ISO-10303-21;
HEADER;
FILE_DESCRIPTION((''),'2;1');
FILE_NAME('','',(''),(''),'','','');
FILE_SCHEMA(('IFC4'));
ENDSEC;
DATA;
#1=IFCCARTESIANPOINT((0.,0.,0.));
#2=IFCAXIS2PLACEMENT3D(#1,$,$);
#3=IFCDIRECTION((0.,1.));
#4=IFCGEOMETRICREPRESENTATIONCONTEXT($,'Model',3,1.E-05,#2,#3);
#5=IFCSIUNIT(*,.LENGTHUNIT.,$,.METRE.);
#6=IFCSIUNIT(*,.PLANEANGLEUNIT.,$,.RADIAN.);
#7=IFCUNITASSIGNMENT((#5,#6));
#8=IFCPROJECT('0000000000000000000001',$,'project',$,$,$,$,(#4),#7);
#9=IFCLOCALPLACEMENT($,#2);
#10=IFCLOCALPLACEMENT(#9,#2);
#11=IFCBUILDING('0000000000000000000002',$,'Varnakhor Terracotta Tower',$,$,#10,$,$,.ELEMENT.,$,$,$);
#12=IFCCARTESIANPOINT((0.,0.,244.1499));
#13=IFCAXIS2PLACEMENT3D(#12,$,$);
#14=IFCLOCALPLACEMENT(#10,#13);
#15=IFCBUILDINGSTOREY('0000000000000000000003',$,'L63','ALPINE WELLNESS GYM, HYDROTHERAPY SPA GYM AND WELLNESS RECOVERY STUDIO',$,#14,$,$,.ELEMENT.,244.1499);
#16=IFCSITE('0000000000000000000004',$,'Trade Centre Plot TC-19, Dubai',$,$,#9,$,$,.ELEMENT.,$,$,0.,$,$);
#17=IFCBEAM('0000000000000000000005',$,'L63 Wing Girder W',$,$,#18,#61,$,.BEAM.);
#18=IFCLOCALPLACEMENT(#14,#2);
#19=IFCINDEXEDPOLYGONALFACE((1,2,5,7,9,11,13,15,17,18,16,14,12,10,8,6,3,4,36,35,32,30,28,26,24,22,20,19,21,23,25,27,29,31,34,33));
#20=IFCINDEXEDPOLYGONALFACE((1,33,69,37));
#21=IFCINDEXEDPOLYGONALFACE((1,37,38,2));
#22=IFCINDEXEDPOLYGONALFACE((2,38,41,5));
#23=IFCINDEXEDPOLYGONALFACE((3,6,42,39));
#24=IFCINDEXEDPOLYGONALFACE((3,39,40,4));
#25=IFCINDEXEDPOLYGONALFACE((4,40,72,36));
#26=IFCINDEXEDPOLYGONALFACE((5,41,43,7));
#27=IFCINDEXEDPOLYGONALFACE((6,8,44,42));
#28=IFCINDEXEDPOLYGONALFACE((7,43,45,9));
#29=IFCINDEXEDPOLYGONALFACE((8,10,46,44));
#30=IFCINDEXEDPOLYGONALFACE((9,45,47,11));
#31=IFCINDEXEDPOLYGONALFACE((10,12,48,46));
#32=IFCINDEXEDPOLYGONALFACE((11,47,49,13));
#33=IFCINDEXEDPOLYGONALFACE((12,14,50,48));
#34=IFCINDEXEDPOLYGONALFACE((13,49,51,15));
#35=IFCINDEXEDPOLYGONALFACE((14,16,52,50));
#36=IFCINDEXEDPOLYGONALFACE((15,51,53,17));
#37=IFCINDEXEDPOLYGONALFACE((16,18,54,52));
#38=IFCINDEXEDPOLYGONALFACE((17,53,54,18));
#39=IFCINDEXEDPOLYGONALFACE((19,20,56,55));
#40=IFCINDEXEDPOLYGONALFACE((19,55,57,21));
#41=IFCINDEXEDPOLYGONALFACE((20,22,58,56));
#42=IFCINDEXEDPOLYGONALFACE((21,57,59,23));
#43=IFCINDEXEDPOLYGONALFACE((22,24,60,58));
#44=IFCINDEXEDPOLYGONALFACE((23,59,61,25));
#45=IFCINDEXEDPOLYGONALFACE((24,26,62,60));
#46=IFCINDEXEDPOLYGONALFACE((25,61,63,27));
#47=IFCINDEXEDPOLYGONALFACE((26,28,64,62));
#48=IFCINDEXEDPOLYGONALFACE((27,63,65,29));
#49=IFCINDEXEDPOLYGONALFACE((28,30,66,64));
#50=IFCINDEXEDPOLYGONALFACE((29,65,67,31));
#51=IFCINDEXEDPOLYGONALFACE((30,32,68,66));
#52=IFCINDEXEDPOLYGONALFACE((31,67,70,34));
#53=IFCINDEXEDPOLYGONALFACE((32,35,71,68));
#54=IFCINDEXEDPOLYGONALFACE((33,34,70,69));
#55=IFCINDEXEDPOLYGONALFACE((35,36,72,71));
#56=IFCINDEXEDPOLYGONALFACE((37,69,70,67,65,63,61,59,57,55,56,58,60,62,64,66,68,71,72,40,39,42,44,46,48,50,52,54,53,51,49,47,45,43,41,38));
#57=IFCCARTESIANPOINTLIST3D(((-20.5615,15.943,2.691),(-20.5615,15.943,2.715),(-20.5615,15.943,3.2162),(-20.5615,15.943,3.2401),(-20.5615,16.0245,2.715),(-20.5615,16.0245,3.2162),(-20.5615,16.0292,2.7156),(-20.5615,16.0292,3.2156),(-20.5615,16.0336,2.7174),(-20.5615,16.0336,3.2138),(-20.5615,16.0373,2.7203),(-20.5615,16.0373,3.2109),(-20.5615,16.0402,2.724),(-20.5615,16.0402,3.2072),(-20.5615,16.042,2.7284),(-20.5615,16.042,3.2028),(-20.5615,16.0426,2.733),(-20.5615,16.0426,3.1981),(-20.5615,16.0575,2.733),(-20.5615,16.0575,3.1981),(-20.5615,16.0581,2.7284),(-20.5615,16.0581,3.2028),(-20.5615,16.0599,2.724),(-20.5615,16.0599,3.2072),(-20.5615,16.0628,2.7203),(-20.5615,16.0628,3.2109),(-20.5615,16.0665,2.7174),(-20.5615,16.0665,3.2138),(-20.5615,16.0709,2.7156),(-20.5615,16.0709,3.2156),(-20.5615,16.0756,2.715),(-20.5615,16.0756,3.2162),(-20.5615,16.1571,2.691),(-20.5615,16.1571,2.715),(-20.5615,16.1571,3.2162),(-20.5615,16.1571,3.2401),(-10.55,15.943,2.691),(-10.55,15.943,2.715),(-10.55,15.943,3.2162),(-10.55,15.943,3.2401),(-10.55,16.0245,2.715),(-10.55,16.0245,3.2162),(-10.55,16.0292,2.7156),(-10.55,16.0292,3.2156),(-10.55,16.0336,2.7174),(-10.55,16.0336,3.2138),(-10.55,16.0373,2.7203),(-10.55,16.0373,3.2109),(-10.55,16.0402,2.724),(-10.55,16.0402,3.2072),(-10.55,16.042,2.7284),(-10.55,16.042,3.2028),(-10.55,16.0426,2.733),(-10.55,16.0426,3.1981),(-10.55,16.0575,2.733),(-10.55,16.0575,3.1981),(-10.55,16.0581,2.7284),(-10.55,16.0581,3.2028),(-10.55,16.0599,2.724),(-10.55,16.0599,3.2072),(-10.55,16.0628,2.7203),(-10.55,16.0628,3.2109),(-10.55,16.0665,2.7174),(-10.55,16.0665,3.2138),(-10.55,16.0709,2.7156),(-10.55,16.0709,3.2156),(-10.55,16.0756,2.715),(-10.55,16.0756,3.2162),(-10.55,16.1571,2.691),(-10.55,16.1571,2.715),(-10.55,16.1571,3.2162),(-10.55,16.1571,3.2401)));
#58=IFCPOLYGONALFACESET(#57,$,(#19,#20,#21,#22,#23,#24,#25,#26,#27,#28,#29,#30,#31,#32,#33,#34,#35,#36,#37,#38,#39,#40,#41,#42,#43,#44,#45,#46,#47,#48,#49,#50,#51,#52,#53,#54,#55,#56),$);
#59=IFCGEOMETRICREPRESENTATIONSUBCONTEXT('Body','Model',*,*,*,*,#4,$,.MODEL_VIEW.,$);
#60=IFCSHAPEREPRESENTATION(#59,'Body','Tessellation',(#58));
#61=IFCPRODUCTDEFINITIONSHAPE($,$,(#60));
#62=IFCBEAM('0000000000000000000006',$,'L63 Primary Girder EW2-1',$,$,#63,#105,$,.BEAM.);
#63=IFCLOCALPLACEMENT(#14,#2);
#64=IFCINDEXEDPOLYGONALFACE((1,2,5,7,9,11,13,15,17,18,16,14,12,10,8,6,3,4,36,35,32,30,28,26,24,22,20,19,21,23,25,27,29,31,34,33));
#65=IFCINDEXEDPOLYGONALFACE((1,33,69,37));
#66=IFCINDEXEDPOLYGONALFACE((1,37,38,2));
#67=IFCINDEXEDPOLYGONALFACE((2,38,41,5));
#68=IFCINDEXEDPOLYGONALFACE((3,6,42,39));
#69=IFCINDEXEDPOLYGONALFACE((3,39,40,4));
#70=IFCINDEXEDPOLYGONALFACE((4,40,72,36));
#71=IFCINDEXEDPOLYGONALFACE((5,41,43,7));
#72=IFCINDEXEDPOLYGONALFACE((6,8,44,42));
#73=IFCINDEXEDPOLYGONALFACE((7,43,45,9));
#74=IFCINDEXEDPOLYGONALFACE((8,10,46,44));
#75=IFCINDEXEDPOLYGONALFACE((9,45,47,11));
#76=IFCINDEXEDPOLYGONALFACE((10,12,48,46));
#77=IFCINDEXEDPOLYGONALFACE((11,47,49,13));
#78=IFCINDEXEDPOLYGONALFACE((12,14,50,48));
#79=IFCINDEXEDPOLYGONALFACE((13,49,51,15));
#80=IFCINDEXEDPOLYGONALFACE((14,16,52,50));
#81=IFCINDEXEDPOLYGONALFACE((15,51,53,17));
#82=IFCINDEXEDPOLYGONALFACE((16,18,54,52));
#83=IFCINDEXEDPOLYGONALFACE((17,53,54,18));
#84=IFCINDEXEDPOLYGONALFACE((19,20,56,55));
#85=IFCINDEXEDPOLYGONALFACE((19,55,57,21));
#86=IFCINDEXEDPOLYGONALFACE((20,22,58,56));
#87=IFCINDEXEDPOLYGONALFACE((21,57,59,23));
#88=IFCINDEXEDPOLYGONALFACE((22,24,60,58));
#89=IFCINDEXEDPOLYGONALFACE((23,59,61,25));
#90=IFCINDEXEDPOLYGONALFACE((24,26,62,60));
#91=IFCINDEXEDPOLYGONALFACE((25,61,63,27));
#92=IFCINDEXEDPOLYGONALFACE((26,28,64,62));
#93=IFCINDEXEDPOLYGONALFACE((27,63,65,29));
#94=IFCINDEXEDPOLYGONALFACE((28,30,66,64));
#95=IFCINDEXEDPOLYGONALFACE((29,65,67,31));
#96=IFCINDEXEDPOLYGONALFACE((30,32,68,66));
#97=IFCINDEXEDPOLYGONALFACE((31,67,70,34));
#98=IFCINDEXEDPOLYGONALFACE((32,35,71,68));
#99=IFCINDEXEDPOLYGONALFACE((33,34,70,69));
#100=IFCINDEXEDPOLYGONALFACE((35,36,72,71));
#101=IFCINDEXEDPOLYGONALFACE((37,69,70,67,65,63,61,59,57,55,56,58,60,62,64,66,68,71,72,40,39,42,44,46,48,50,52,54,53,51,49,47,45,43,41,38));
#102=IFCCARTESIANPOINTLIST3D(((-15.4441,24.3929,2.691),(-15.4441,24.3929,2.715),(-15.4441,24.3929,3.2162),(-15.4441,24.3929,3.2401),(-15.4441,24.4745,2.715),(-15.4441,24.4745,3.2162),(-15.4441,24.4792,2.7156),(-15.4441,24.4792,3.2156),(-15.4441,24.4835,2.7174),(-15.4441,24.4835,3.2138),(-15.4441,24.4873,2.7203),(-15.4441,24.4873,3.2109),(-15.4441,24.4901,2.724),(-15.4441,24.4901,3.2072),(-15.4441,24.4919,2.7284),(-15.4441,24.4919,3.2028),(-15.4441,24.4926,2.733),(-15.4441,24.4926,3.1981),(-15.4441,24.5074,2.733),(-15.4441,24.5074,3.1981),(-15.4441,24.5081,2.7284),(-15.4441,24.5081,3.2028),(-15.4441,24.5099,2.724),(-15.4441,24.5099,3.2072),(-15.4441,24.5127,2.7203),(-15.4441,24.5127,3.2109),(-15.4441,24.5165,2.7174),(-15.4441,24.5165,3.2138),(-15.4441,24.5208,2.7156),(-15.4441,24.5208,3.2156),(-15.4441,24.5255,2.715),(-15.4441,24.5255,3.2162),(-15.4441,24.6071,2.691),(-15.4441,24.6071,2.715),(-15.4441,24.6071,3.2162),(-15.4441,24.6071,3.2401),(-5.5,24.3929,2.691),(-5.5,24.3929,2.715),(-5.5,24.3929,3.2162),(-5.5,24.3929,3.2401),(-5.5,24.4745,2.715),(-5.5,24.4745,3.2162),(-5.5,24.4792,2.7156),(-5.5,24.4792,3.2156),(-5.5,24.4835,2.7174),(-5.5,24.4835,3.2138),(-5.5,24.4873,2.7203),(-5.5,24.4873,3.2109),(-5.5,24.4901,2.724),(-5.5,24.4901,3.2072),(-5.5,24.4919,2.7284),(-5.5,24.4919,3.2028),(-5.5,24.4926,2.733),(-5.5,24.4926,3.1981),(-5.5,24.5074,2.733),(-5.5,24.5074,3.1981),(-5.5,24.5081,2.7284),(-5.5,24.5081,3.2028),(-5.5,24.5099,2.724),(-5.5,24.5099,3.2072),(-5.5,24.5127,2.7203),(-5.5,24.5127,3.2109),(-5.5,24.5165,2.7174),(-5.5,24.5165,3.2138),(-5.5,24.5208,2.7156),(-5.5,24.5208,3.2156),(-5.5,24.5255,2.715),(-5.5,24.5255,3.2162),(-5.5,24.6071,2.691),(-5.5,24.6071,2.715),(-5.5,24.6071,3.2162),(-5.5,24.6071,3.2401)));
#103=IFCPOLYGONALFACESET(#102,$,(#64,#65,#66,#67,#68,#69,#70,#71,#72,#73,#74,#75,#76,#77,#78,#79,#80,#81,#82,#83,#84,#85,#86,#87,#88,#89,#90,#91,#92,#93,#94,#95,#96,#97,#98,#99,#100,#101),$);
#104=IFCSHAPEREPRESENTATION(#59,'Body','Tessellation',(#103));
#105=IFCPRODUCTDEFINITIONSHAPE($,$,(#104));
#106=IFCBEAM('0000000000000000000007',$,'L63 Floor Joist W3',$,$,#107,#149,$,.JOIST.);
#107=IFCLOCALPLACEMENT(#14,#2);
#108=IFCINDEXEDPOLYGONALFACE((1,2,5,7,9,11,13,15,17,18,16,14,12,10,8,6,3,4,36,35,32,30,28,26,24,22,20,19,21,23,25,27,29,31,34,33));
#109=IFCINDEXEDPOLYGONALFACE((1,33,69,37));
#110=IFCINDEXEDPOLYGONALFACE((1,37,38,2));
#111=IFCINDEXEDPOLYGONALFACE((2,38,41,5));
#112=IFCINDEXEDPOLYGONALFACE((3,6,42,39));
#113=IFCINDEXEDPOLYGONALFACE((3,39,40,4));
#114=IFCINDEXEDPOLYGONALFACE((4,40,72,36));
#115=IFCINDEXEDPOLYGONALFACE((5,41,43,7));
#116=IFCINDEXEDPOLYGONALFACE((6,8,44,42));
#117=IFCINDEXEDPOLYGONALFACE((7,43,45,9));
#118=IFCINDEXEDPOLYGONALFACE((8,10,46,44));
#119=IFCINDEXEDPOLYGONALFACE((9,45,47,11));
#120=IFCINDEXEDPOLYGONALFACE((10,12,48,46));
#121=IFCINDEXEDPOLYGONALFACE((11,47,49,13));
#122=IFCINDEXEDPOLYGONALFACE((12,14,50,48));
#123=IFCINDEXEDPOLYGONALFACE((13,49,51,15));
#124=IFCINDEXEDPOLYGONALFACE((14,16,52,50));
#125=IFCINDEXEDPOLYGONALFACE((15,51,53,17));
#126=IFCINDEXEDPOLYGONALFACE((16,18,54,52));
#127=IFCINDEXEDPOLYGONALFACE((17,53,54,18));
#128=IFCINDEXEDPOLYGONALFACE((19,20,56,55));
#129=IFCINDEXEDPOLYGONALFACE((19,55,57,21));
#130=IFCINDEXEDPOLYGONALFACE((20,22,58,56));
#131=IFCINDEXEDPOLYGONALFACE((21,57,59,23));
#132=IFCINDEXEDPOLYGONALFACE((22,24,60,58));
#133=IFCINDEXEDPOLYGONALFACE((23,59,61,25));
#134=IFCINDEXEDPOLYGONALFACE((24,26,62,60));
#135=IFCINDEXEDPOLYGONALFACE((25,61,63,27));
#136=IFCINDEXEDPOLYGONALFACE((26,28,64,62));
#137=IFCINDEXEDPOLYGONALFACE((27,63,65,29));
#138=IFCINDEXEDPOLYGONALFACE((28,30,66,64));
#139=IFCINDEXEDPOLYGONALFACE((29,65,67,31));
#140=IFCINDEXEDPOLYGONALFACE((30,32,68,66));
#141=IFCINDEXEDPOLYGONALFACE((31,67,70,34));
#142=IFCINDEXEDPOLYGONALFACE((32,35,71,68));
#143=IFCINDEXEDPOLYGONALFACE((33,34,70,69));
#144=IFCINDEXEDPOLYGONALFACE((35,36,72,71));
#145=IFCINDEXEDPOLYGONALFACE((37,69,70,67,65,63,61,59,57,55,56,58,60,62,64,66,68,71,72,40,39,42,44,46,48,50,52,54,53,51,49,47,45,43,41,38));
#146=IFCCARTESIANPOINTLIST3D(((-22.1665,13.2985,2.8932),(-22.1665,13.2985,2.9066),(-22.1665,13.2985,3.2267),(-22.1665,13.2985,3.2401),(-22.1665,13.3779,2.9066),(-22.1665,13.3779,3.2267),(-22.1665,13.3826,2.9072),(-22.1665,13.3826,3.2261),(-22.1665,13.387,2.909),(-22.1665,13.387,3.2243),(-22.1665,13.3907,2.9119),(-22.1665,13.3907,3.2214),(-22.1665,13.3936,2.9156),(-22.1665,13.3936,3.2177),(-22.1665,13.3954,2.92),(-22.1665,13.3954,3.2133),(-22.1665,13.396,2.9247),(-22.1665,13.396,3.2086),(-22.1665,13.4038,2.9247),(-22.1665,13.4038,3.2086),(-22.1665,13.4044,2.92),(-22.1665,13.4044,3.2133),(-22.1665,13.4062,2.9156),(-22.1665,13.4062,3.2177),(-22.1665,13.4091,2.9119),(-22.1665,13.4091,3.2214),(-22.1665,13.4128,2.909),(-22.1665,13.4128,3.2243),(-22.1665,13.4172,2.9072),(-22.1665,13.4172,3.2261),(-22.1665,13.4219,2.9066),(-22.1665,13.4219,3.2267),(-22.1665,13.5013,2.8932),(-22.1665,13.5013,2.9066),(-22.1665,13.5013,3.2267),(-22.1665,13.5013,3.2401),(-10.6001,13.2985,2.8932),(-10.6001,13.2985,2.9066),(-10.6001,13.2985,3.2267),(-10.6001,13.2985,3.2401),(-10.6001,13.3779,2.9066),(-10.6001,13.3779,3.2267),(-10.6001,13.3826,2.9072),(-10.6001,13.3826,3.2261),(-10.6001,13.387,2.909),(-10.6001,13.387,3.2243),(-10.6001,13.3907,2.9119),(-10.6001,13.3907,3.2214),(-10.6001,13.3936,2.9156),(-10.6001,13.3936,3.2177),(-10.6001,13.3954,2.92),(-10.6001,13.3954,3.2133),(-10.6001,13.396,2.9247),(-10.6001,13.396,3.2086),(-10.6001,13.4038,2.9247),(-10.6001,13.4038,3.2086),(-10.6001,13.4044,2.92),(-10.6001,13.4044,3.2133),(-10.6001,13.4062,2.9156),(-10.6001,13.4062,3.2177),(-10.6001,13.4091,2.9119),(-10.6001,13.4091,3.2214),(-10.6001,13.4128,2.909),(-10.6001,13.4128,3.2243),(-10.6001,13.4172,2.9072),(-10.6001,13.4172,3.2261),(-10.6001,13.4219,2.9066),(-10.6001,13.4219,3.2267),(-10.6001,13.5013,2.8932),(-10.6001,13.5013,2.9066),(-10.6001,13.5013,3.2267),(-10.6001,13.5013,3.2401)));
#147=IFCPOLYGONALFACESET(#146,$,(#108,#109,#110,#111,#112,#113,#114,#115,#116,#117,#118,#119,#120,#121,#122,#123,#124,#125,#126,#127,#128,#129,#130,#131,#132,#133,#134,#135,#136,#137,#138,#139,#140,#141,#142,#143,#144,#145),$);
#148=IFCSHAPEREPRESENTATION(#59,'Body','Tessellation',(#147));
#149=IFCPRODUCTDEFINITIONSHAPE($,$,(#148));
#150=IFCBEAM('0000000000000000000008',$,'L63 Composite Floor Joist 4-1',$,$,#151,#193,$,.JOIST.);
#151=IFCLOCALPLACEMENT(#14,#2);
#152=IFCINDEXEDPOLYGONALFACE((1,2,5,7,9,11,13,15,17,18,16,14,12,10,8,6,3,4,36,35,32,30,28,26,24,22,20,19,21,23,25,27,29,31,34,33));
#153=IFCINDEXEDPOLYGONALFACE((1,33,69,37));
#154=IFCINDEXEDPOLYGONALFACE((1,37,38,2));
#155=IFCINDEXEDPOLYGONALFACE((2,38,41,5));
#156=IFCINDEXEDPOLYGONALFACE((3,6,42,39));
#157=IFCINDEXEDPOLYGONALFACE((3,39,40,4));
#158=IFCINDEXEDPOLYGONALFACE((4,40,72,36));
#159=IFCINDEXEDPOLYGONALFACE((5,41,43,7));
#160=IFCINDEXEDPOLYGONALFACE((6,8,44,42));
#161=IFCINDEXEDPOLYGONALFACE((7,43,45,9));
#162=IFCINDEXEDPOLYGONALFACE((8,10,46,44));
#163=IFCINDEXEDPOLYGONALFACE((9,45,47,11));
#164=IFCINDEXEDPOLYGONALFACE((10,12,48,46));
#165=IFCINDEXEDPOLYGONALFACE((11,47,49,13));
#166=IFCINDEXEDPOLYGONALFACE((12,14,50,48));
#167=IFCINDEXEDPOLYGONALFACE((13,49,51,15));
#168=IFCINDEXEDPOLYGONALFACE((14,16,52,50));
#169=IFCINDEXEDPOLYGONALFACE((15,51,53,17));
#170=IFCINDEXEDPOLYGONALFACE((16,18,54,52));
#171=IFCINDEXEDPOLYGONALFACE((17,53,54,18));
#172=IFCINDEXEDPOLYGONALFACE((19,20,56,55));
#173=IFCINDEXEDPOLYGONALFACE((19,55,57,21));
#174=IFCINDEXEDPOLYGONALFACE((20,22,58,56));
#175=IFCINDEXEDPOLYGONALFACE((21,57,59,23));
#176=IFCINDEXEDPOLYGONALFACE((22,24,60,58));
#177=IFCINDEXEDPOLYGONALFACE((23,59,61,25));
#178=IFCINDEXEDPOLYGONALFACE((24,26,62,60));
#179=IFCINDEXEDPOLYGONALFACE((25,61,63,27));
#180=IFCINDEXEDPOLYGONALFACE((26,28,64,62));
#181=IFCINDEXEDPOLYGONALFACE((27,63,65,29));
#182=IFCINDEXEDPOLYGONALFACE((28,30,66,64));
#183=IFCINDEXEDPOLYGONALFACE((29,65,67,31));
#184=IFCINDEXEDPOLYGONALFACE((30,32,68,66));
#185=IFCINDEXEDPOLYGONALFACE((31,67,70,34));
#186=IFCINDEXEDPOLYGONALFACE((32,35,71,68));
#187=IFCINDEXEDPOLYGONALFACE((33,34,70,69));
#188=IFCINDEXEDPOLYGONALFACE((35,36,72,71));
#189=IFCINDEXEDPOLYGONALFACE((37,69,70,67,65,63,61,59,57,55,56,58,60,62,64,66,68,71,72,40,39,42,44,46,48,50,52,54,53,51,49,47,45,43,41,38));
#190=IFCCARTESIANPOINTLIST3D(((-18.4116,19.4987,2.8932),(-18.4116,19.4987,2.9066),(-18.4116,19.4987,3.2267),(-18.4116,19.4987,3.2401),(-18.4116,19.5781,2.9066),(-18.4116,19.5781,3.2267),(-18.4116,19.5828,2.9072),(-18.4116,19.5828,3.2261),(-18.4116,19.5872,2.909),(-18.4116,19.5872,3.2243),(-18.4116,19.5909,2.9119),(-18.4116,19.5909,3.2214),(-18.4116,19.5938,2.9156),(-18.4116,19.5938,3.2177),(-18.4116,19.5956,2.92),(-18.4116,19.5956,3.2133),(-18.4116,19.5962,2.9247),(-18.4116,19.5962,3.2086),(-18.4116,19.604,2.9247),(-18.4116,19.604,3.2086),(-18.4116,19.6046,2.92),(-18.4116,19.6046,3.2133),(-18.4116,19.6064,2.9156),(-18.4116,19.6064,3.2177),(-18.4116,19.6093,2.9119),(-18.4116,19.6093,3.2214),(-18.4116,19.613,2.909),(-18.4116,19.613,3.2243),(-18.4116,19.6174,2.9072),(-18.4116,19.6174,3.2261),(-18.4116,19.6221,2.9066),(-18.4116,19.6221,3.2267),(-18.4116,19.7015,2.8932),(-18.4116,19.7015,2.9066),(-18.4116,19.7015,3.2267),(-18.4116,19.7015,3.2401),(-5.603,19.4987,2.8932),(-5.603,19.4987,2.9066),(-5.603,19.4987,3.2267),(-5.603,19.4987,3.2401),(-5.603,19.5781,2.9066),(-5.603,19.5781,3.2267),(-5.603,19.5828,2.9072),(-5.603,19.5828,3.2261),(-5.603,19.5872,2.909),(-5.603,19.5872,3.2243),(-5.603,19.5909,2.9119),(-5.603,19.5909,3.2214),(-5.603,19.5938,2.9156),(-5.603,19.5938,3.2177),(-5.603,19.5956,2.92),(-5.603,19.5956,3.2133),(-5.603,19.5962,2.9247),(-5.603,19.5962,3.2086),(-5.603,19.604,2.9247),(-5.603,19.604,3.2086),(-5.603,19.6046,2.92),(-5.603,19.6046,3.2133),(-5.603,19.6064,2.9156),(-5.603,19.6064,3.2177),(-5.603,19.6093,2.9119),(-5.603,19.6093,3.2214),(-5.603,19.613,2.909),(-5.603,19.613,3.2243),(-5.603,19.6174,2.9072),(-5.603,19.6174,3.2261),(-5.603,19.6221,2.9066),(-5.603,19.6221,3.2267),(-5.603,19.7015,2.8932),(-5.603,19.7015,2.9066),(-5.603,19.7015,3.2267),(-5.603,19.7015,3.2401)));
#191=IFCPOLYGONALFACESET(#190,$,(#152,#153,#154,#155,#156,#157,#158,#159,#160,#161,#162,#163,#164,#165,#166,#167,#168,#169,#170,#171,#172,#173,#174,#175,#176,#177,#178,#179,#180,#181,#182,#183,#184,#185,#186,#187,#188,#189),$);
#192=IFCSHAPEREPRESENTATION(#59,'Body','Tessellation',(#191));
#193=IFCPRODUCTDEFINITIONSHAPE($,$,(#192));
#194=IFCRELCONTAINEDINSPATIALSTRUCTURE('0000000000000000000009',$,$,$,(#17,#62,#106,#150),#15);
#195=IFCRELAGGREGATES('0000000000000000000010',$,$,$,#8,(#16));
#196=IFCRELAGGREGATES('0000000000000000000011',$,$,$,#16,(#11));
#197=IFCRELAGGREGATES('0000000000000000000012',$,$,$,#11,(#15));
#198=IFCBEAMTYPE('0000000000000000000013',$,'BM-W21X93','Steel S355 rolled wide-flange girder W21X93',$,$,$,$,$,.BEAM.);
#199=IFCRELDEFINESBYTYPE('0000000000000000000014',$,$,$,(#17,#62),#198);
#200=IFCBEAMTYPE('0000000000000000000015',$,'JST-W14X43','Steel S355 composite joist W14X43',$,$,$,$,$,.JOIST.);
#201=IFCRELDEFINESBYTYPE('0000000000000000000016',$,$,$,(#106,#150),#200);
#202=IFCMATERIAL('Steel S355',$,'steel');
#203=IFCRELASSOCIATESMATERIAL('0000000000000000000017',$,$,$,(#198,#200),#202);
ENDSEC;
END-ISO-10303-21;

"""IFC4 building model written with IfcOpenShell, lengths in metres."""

from ifc_helpers import new_model, si_unit, direction, frame, origin, origin_2d, place, context, subcontext, project, spatial, i_section, extrude, source, transform, mapped, material, material_profile, profile_set, type_object, element, save


model = new_model("IFC4")

# Units and contexts
model_context = context("Model", 3, precision=1e-05, world=origin(), true_north=direction((0.0, 1.0)))
body_context = subcontext(model_context, "Body", "Model", "MODEL_VIEW")
ifc_project = project(units=[si_unit("LENGTHUNIT", "METRE"), si_unit("PLANEANGLEUNIT", "RADIAN")], contexts=[model_context])

# Site, building, storey
site_placement = place(None, origin())
site = spatial("IfcSite", under=ifc_project, at=site_placement, Name="Trade Centre Plot TC-19, Dubai", CompositionType="ELEMENT", RefElevation=0.0)
building_placement = place(site_placement, origin())
building = spatial("IfcBuilding", under=site, at=building_placement, Name="Varnakhor Terracotta Tower", CompositionType="ELEMENT")
storey_placement = place(building_placement, frame((0.0, 0.0, 244.1499)))
storey = spatial("IfcBuildingStorey", under=building, at=storey_placement, Name="L63", Description="ALPINE WELLNESS GYM, HYDROTHERAPY SPA GYM AND WELLNESS RECOVERY STUDIO", CompositionType="ELEMENT", Elevation=244.1499)

# Beams
ifc_material_1 = material(Name="Steel S355", Category="steel")
ifc_material_profile_1 = material_profile(ifc_material_1, i_section(OverallWidth=0.2141, OverallDepth=0.5491, WebThickness=0.0149, FlangeThickness=0.0239, FilletRadius=0.0181, at=origin_2d()), Name="W21X93")
ifc_profile_set_1 = profile_set([ifc_material_profile_1], Name="Steel S355")
beam_type_1 = type_object("IfcBeamType", Name="BM-W21X93", Description="Steel S355 rolled wide-flange girder W21X93", PredefinedType="BEAM", material=ifc_profile_set_1)
shared_shape_1 = source(origin(), body_context, "Body", "SweptSolid", [
    extrude(i_section(OverallWidth=0.2141, OverallDepth=0.5491, WebThickness=0.0149, FlangeThickness=0.0239, FilletRadius=0.0181, at=origin_2d()), origin(), (0.0, 0.0, 1.0), 10.0115),
])
beam_1_placement = place(storey_placement, frame((-20.5615, 16.05, 2.9656), z_axis=(1.0, 0.0, 0.0), x_axis=(0.0, 1.0, 0.0)))
element("IfcBeam", 1, at=beam_1_placement, inside=storey, type_object=beam_type_1, Name="L63 Wing Girder W", PredefinedType="BEAM", context=body_context, shape_type="MappedRepresentation", body=[
    mapped(shared_shape_1, transform((0.0, 0.0, 0.0), scale=1.0)),
])
shared_shape_2 = source(origin(), body_context, "Body", "SweptSolid", [
    extrude(i_section(OverallWidth=0.2141, OverallDepth=0.5491, WebThickness=0.0149, FlangeThickness=0.0239, FilletRadius=0.0181, at=origin_2d()), origin(), (0.0, 0.0, 1.0), 9.9441),
])
beam_2_placement = place(storey_placement, frame((-15.4441, 24.5, 2.9656), z_axis=(1.0, 0.0, 0.0), x_axis=(0.0, 1.0, 0.0)))
element("IfcBeam", 2, at=beam_2_placement, inside=storey, type_object=beam_type_1, Name="L63 Primary Girder EW2-1", PredefinedType="BEAM", context=body_context, shape_type="MappedRepresentation", body=[
    mapped(shared_shape_2, transform((0.0, 0.0, 0.0), scale=1.0)),
])
ifc_material_profile_2 = material_profile(ifc_material_1, i_section(OverallWidth=0.2029, OverallDepth=0.3469, WebThickness=0.0078, FlangeThickness=0.0134, FilletRadius=0.0181, at=origin_2d()), Name="W14X43")
ifc_profile_set_2 = profile_set([ifc_material_profile_2], Name="Steel S355")
beam_type_2 = type_object("IfcBeamType", Name="JST-W14X43", Description="Steel S355 composite joist W14X43", PredefinedType="JOIST", material=ifc_profile_set_2)
shared_shape_3 = source(origin(), body_context, "Body", "SweptSolid", [
    extrude(i_section(OverallWidth=0.2029, OverallDepth=0.3469, WebThickness=0.0078, FlangeThickness=0.0134, FilletRadius=0.0181, at=origin_2d()), origin(), (0.0, 0.0, 1.0), 11.5664),
])
beam_3_placement = place(storey_placement, frame((-22.1665, 13.3999, 3.0667), z_axis=(1.0, 0.0, 0.0), x_axis=(0.0, 1.0, 0.0)))
element("IfcBeam", 3, at=beam_3_placement, inside=storey, type_object=beam_type_2, Name="L63 Floor Joist W3", PredefinedType="JOIST", context=body_context, shape_type="MappedRepresentation", body=[
    mapped(shared_shape_3, transform((0.0, 0.0, 0.0), scale=1.0)),
])
shared_shape_4 = source(origin(), body_context, "Body", "SweptSolid", [
    extrude(i_section(OverallWidth=0.2029, OverallDepth=0.3469, WebThickness=0.0078, FlangeThickness=0.0134, FilletRadius=0.0181, at=origin_2d()), origin(), (0.0, 0.0, 1.0), 12.8086),
])
beam_4_placement = place(storey_placement, frame((-18.4116, 19.6001, 3.0667), z_axis=(1.0, 0.0, 0.0), x_axis=(0.0, 1.0, 0.0)))
element("IfcBeam", 4, at=beam_4_placement, inside=storey, type_object=beam_type_2, Name="L63 Composite Floor Joist 4-1", PredefinedType="JOIST", context=body_context, shape_type="MappedRepresentation", body=[
    mapped(shared_shape_4, transform((0.0, 0.0, 0.0), scale=1.0)),
])

save(model, "model.ifc")
